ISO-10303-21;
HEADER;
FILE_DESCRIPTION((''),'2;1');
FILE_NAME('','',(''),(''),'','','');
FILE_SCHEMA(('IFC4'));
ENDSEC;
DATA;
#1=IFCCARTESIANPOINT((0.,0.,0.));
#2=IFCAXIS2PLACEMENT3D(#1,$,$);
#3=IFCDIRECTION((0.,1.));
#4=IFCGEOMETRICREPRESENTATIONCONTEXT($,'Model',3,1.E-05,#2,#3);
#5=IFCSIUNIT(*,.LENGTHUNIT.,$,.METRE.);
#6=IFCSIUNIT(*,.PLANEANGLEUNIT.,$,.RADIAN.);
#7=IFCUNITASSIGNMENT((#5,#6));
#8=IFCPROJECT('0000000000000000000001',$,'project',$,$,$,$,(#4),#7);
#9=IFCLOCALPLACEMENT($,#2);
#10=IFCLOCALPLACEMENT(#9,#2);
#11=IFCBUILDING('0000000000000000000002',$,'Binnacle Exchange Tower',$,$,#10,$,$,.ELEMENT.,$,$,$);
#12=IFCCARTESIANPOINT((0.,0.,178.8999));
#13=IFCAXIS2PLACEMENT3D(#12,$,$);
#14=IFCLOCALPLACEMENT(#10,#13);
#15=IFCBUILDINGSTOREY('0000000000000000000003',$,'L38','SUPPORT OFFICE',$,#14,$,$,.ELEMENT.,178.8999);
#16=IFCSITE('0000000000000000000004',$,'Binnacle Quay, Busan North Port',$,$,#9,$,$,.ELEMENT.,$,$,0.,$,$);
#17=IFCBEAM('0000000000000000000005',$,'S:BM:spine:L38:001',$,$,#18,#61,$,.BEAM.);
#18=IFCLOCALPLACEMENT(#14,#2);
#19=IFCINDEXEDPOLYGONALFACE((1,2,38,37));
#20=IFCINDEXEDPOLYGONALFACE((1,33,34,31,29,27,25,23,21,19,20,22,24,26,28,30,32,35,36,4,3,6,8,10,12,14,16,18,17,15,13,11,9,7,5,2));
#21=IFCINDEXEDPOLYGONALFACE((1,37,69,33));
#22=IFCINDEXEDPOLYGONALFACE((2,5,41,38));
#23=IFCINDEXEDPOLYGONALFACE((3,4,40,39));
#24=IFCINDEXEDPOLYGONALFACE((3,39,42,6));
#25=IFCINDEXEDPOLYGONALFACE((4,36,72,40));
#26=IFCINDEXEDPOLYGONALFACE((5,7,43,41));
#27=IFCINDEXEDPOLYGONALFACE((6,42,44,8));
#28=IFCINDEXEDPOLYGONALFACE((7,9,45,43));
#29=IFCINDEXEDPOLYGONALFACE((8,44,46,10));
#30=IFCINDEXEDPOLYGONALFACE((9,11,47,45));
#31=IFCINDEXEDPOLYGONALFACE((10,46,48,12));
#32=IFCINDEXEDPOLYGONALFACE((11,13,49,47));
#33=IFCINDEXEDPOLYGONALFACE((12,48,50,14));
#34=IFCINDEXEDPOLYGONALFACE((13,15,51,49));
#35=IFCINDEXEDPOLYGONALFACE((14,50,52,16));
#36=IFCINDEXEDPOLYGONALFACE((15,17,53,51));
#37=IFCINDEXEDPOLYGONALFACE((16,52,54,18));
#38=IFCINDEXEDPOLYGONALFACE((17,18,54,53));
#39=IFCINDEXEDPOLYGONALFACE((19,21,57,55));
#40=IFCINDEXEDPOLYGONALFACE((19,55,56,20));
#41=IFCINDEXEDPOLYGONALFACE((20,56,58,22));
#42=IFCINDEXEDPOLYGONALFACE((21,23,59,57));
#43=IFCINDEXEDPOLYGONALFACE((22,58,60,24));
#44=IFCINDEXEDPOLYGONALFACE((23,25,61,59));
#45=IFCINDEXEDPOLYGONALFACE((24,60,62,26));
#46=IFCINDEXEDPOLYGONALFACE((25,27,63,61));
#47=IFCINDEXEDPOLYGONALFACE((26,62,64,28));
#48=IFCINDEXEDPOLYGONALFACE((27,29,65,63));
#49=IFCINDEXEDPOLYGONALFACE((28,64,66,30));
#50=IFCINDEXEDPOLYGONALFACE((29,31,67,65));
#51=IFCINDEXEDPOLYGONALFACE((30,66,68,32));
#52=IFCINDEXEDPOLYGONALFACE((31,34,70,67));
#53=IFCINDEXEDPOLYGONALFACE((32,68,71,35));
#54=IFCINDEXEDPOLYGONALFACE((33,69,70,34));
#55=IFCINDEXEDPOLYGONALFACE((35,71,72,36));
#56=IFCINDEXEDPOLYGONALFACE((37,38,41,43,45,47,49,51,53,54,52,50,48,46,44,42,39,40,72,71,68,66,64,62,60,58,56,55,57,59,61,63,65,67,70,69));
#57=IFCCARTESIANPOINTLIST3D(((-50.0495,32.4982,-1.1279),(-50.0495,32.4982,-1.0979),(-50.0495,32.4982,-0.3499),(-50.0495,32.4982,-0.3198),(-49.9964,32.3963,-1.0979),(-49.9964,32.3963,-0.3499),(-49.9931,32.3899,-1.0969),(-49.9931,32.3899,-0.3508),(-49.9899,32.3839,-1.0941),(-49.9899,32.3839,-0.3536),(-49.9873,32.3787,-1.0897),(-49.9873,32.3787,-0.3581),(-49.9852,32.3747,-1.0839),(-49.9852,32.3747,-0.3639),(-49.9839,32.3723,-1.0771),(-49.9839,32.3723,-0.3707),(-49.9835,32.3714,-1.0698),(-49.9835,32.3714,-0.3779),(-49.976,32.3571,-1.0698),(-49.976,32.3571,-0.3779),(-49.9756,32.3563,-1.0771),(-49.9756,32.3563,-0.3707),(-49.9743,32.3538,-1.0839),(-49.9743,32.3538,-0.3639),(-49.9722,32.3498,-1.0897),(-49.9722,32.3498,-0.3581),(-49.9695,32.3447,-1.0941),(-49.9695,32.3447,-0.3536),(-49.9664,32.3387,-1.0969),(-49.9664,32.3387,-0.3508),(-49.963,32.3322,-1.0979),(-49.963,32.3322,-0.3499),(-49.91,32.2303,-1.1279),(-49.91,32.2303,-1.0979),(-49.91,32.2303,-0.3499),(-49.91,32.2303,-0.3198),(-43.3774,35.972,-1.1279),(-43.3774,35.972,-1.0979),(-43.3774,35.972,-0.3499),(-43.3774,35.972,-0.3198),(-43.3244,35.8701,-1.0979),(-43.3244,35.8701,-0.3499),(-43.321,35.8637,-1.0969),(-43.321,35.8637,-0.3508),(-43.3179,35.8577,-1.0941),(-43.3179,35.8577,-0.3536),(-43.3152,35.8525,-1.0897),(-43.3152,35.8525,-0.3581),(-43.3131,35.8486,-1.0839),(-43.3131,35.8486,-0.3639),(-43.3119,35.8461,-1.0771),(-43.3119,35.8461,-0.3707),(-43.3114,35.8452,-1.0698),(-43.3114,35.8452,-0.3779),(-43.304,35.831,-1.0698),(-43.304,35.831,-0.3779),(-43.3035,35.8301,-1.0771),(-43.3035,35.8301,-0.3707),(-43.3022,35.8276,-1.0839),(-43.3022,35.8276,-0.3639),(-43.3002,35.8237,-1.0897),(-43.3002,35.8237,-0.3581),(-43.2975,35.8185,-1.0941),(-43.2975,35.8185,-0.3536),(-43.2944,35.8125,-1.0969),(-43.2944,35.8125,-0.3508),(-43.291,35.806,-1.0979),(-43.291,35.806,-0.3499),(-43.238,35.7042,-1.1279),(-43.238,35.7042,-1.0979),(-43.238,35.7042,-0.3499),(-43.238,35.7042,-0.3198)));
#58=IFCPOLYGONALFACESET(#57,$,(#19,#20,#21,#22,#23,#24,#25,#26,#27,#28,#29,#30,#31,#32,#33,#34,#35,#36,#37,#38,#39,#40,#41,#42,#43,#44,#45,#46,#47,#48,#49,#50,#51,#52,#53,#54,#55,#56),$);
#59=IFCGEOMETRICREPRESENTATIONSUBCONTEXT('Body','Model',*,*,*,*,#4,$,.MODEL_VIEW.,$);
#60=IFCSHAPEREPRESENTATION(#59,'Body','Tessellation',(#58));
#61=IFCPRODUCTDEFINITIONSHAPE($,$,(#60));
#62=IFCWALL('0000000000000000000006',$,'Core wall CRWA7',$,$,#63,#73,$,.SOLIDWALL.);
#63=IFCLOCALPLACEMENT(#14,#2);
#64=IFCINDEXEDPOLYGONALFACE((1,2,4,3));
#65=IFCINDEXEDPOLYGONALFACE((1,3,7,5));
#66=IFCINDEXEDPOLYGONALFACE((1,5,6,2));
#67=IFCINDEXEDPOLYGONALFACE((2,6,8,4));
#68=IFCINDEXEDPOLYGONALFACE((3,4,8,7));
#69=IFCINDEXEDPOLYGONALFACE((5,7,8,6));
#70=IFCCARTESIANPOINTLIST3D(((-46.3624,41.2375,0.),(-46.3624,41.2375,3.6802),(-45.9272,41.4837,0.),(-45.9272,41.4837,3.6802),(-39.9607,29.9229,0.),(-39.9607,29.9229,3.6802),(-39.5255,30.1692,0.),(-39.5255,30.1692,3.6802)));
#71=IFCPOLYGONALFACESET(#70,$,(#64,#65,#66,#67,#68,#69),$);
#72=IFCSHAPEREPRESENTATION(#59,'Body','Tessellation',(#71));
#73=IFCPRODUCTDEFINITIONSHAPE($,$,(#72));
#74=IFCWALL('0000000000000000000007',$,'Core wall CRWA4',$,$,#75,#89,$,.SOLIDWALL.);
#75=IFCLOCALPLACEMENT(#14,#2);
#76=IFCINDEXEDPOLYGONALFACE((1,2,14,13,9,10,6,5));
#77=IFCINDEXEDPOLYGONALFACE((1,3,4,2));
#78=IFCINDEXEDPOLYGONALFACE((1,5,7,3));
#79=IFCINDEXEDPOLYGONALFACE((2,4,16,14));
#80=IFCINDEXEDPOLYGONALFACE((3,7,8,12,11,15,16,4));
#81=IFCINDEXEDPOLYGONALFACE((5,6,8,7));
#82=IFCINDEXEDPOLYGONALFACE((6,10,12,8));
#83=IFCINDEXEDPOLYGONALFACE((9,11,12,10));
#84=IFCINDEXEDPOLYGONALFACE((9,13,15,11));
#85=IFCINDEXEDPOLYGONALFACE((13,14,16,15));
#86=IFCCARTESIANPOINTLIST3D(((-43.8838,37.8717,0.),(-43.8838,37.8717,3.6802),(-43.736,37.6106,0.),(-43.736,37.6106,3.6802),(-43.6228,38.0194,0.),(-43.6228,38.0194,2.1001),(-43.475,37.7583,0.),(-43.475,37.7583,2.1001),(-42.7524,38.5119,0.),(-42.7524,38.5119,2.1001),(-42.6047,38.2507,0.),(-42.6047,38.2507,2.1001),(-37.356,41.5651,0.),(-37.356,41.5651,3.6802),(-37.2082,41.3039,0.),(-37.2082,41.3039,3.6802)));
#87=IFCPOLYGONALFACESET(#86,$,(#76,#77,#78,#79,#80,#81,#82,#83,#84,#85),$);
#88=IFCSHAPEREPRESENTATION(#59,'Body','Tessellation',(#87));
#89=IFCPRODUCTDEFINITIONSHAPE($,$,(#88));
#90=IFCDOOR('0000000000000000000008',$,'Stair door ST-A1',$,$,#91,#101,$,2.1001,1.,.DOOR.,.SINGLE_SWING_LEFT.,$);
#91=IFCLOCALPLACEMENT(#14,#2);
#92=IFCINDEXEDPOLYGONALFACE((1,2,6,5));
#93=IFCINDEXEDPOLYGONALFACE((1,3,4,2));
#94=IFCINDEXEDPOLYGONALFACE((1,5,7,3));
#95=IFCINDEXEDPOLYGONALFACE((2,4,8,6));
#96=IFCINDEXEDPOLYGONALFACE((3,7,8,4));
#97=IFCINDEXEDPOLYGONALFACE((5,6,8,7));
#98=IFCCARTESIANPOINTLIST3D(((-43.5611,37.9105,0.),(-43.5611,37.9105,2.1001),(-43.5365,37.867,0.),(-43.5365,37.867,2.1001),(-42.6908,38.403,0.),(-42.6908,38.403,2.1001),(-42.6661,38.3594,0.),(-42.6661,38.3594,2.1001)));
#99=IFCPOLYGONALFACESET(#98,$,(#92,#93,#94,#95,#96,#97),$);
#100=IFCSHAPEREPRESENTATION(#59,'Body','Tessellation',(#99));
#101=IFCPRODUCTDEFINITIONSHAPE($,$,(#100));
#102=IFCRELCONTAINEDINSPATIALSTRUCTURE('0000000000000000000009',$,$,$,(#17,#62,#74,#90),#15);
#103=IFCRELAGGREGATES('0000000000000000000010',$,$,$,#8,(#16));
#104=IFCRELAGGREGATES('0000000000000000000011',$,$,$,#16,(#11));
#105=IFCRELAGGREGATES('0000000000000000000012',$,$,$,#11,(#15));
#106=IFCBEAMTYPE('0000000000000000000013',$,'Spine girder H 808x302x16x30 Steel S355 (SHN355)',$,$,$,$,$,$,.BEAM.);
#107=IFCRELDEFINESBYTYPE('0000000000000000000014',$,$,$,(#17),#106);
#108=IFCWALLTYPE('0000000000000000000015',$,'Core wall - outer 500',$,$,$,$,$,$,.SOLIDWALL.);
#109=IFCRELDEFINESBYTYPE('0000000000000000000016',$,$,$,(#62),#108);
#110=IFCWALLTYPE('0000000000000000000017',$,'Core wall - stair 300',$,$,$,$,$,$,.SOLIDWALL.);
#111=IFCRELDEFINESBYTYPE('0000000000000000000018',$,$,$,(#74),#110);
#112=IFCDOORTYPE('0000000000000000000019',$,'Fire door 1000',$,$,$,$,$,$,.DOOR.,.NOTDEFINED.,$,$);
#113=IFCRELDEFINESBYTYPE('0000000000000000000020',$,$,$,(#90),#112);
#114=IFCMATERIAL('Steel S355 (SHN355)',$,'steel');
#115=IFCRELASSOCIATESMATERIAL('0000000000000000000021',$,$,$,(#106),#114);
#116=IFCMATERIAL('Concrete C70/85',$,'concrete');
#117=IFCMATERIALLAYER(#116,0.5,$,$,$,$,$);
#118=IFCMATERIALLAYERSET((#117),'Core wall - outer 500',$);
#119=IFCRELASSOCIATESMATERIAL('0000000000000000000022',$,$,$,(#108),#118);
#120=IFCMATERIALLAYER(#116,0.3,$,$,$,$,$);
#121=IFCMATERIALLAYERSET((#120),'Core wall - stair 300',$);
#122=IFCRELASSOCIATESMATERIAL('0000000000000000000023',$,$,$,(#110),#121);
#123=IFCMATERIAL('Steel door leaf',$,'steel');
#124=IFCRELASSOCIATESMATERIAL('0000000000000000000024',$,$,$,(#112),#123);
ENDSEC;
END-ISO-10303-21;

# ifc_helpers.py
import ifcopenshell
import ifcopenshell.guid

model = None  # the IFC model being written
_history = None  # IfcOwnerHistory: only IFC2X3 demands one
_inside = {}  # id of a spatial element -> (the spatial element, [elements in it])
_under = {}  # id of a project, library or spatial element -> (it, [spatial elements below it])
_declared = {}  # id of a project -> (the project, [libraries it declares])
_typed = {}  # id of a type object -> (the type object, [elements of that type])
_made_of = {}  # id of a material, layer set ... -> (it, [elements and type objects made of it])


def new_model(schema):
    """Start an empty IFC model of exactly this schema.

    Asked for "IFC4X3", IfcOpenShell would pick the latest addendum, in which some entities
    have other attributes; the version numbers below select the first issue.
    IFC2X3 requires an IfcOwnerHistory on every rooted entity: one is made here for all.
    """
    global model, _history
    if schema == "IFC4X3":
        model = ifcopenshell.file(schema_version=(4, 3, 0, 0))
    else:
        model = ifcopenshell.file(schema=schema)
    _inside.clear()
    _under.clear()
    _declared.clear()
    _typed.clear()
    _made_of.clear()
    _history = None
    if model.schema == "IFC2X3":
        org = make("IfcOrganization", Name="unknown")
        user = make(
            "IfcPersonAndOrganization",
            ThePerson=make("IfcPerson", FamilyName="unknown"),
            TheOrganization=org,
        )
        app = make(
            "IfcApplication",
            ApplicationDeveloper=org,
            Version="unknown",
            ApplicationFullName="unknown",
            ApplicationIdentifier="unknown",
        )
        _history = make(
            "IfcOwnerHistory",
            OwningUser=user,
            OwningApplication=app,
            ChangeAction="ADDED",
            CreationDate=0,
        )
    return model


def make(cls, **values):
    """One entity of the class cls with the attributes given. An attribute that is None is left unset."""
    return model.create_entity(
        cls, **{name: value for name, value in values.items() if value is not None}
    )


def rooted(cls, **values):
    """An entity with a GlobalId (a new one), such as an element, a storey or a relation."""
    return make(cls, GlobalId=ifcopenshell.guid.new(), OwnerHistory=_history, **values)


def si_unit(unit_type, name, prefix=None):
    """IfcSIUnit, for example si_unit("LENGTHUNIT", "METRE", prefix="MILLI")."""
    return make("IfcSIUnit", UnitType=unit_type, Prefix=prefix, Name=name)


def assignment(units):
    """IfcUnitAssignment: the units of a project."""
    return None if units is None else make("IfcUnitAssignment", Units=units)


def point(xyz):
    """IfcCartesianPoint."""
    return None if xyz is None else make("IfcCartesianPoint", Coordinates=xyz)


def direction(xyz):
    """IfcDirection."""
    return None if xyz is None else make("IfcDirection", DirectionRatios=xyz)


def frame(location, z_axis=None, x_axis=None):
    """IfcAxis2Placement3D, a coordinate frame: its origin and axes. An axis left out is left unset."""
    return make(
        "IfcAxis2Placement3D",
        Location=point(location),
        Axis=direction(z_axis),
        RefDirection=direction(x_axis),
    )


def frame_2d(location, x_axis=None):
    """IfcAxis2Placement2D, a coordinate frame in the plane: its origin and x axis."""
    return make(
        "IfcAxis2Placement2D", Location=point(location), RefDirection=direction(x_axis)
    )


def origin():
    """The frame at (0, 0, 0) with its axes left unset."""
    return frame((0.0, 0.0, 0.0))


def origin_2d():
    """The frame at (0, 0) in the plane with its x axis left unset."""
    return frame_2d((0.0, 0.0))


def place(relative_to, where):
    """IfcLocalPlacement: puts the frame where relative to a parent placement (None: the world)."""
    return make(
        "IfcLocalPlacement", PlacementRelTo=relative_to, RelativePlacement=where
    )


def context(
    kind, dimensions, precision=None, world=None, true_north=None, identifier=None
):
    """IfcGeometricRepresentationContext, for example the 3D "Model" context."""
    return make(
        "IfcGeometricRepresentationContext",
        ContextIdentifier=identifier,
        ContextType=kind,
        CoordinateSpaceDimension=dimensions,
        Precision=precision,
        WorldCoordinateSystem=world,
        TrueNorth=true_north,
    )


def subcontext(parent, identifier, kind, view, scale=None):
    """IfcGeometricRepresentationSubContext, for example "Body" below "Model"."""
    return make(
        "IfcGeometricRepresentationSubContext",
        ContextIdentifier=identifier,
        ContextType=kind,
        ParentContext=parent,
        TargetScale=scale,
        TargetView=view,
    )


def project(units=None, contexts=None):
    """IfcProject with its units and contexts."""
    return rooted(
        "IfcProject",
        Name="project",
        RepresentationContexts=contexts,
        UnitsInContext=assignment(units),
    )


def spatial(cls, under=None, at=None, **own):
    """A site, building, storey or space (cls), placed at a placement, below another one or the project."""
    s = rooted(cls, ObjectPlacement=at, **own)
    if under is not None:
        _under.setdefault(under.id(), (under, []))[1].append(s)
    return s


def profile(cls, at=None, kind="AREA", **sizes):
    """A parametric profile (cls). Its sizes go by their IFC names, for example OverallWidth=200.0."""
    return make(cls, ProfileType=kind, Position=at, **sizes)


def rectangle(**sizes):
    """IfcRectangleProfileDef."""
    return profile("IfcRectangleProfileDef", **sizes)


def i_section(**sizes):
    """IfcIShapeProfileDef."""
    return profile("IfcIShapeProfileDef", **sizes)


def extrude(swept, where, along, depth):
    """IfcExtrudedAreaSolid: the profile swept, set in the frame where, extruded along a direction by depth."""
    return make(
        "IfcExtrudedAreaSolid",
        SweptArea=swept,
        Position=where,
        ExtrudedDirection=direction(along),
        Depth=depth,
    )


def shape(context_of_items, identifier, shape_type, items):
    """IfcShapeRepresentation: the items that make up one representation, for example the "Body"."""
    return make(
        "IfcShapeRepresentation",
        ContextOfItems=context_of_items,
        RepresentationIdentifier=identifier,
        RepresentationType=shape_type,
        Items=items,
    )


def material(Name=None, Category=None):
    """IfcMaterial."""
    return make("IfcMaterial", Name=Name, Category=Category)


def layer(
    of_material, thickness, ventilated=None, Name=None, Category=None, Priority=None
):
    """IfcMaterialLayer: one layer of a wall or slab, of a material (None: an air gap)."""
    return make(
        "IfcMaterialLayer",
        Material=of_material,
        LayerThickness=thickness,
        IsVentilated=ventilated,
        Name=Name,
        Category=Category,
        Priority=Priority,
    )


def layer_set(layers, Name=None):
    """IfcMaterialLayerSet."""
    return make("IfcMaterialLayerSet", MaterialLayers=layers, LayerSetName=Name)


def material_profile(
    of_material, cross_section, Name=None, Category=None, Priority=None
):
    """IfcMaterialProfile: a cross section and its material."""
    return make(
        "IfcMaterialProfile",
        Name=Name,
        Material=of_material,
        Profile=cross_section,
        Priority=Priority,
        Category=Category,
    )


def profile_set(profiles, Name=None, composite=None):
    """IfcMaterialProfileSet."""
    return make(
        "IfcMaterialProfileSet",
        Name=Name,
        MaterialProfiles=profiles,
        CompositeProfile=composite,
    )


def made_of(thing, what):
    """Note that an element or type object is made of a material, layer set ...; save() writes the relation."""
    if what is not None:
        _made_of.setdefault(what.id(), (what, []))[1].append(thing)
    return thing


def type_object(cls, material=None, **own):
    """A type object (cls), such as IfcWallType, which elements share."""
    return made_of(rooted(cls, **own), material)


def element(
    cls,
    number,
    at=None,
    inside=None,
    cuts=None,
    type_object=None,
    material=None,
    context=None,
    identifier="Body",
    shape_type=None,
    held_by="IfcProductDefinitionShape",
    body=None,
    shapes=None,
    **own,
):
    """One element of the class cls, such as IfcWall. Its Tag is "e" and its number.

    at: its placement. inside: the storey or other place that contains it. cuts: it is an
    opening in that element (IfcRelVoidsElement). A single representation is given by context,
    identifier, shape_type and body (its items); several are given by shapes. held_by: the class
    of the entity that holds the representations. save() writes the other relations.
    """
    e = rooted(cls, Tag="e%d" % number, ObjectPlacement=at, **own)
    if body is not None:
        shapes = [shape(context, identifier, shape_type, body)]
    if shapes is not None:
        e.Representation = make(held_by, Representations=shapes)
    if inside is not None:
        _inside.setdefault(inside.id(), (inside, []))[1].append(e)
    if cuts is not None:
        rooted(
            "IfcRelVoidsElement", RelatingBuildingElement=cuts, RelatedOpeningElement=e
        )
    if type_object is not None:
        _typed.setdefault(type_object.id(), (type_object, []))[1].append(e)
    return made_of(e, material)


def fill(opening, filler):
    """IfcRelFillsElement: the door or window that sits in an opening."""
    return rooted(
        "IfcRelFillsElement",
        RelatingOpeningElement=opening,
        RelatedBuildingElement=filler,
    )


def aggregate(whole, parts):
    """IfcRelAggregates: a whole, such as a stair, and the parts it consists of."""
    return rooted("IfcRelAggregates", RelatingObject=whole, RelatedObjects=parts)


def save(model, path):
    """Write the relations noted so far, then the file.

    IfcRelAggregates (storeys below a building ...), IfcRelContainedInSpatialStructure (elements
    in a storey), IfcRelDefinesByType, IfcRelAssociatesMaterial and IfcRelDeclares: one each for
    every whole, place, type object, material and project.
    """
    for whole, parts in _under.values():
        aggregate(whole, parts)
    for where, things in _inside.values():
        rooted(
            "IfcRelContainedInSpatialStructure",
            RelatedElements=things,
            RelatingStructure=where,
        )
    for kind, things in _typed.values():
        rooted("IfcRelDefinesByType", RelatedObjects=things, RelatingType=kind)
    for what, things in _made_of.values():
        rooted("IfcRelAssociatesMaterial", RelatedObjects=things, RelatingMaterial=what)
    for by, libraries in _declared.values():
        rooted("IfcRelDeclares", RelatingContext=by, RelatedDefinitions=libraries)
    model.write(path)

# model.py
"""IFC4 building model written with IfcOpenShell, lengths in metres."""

from ifc_helpers import new_model, si_unit, direction, frame, frame_2d, origin, origin_2d, place, context, subcontext, project, spatial, rectangle, i_section, extrude, material, layer, layer_set, material_profile, profile_set, type_object, element, fill, save


model = new_model("IFC4")

# Units and contexts
model_context = context("Model", 3, precision=1e-05, world=origin(), true_north=direction((0.0, 1.0)))
body_context = subcontext(model_context, "Body", "Model", "MODEL_VIEW")
ifc_project = project(units=[si_unit("LENGTHUNIT", "METRE"), si_unit("PLANEANGLEUNIT", "RADIAN")], contexts=[model_context])

# Site, building, storey
site_placement = place(None, origin())
site = spatial("IfcSite", under=ifc_project, at=site_placement, Name="Binnacle Quay, Busan North Port", CompositionType="ELEMENT", RefElevation=0.0)
building_placement = place(site_placement, origin())
building = spatial("IfcBuilding", under=site, at=building_placement, Name="Binnacle Exchange Tower", CompositionType="ELEMENT")
storey_placement = place(building_placement, frame((0.0, 0.0, 178.8999)))
storey = spatial("IfcBuildingStorey", under=building, at=storey_placement, Name="L38", Description="SUPPORT OFFICE", CompositionType="ELEMENT", Elevation=178.8999)

# Shared definitions
ifc_material_1 = material(Name="Concrete C70/85", Category="concrete")

# Beam
ifc_material_2 = material(Name="Steel S355 (SHN355)", Category="steel")
ifc_material_profile_1 = material_profile(ifc_material_2, i_section(OverallWidth=0.302, OverallDepth=0.8081, WebThickness=0.0161, FlangeThickness=0.03, FilletRadius=0.0281, at=origin_2d()), Name="H 808x302x16x30")
ifc_profile_set_1 = profile_set([ifc_material_profile_1], Name="Steel S355 (SHN355)")
beam_type_1 = type_object("IfcBeamType", Name="Spine girder H 808x302x16x30 Steel S355 (SHN355)", PredefinedType="BEAM", material=ifc_profile_set_1)
beam_1_placement = place(storey_placement, frame((-49.9797, 32.3643, -0.7239), z_axis=(0.886979, 0.46181, 0.0), x_axis=(-0.46181, 0.886979, 0.0)))
element("IfcBeam", 1, at=beam_1_placement, inside=storey, type_object=beam_type_1, Name="S:BM:spine:L38:001", PredefinedType="BEAM", context=body_context, shape_type="SweptSolid", body=[
    extrude(i_section(OverallWidth=0.302, OverallDepth=0.8081, WebThickness=0.0161, FlangeThickness=0.03, FilletRadius=0.0281, at=origin_2d()), origin(), (0.0, 0.0, 1.0), 7.5222),
])

# Wall
ifc_layer_1 = layer(ifc_material_1, 0.5)
ifc_layer_set_1 = layer_set([ifc_layer_1], Name="Core wall - outer 500")
wall_type_1 = type_object("IfcWallType", Name="Core wall - outer 500", PredefinedType="SOLIDWALL", material=ifc_layer_set_1)
wall_1_placement = place(storey_placement, frame((-46.1448, 41.3606, 0.0), z_axis=(0.0, 0.0, 1.0), x_axis=(0.492435, -0.870349, 0.0)))
element("IfcWall", 2, at=wall_1_placement, inside=storey, type_object=wall_type_1, Name="Core wall CRWA7", PredefinedType="SOLIDWALL", context=body_context, shape_type="SweptSolid", body=[
    extrude(rectangle(XDim=13.0, YDim=0.5, at=frame_2d((6.5, 0.0))), origin(), (0.0, 0.0, 1.0), 3.6802),
])

# Wall, opening, door
ifc_layer_2 = layer(ifc_material_1, 0.3)
ifc_layer_set_2 = layer_set([ifc_layer_2], Name="Core wall - stair 300")
wall_type_2 = type_object("IfcWallType", Name="Core wall - stair 300", PredefinedType="SOLIDWALL", material=ifc_layer_set_2)
wall_2_placement = place(storey_placement, frame((-43.8098, 37.7412, 0.0), z_axis=(0.0, 0.0, 1.0), x_axis=(0.870351, 0.492433, 0.0)))
wall_2 = element("IfcWall", 3, at=wall_2_placement, inside=storey, type_object=wall_type_2, Name="Core wall CRWA4", PredefinedType="SOLIDWALL", context=body_context, shape_type="SweptSolid", body=[
    extrude(rectangle(XDim=7.5002, YDim=0.3, at=frame_2d((3.75, 0.0))), origin(), (0.0, 0.0, 1.0), 3.6802),
])
opening_1_placement = place(wall_2_placement, frame((0.2998, 0.0, 0.0)))
opening_1 = element("IfcOpeningElement", 4, at=opening_1_placement, cuts=wall_2, PredefinedType="OPENING", context=body_context, shape_type="SweptSolid", body=[
    extrude(rectangle(XDim=1.0, YDim=2.1001, at=frame_2d((0.5, 1.05))), frame((0.0, 0.1599, 0.0), z_axis=(0.0, -1.0, 0.0), x_axis=(1.0, 0.0, 0.0)), (0.0, 0.0, 1.0), 0.3201),
])
ifc_material_3 = material(Name="Steel door leaf", Category="steel")
door_type = type_object("IfcDoorType", Name="Fire door 1000", OperationType="NOTDEFINED", PredefinedType="DOOR", material=ifc_material_3)
door_placement = place(opening_1_placement, origin())
door = element("IfcDoor", 5, at=door_placement, inside=storey, type_object=door_type, Name="Stair door ST-A1", OperationType="SINGLE_SWING_LEFT", OverallHeight=2.1001, OverallWidth=1.0, PredefinedType="DOOR", context=body_context, shape_type="SweptSolid", body=[
    extrude(rectangle(XDim=1.0, YDim=2.1001, at=frame_2d((0.5, 1.05))), frame((0.0, 0.0249, 0.0), z_axis=(0.0, -1.0, 0.0), x_axis=(1.0, 0.0, 0.0)), (0.0, 0.0, 1.0), 0.05),
])
fill(opening_1, door)

save(model, "model.ifc")
